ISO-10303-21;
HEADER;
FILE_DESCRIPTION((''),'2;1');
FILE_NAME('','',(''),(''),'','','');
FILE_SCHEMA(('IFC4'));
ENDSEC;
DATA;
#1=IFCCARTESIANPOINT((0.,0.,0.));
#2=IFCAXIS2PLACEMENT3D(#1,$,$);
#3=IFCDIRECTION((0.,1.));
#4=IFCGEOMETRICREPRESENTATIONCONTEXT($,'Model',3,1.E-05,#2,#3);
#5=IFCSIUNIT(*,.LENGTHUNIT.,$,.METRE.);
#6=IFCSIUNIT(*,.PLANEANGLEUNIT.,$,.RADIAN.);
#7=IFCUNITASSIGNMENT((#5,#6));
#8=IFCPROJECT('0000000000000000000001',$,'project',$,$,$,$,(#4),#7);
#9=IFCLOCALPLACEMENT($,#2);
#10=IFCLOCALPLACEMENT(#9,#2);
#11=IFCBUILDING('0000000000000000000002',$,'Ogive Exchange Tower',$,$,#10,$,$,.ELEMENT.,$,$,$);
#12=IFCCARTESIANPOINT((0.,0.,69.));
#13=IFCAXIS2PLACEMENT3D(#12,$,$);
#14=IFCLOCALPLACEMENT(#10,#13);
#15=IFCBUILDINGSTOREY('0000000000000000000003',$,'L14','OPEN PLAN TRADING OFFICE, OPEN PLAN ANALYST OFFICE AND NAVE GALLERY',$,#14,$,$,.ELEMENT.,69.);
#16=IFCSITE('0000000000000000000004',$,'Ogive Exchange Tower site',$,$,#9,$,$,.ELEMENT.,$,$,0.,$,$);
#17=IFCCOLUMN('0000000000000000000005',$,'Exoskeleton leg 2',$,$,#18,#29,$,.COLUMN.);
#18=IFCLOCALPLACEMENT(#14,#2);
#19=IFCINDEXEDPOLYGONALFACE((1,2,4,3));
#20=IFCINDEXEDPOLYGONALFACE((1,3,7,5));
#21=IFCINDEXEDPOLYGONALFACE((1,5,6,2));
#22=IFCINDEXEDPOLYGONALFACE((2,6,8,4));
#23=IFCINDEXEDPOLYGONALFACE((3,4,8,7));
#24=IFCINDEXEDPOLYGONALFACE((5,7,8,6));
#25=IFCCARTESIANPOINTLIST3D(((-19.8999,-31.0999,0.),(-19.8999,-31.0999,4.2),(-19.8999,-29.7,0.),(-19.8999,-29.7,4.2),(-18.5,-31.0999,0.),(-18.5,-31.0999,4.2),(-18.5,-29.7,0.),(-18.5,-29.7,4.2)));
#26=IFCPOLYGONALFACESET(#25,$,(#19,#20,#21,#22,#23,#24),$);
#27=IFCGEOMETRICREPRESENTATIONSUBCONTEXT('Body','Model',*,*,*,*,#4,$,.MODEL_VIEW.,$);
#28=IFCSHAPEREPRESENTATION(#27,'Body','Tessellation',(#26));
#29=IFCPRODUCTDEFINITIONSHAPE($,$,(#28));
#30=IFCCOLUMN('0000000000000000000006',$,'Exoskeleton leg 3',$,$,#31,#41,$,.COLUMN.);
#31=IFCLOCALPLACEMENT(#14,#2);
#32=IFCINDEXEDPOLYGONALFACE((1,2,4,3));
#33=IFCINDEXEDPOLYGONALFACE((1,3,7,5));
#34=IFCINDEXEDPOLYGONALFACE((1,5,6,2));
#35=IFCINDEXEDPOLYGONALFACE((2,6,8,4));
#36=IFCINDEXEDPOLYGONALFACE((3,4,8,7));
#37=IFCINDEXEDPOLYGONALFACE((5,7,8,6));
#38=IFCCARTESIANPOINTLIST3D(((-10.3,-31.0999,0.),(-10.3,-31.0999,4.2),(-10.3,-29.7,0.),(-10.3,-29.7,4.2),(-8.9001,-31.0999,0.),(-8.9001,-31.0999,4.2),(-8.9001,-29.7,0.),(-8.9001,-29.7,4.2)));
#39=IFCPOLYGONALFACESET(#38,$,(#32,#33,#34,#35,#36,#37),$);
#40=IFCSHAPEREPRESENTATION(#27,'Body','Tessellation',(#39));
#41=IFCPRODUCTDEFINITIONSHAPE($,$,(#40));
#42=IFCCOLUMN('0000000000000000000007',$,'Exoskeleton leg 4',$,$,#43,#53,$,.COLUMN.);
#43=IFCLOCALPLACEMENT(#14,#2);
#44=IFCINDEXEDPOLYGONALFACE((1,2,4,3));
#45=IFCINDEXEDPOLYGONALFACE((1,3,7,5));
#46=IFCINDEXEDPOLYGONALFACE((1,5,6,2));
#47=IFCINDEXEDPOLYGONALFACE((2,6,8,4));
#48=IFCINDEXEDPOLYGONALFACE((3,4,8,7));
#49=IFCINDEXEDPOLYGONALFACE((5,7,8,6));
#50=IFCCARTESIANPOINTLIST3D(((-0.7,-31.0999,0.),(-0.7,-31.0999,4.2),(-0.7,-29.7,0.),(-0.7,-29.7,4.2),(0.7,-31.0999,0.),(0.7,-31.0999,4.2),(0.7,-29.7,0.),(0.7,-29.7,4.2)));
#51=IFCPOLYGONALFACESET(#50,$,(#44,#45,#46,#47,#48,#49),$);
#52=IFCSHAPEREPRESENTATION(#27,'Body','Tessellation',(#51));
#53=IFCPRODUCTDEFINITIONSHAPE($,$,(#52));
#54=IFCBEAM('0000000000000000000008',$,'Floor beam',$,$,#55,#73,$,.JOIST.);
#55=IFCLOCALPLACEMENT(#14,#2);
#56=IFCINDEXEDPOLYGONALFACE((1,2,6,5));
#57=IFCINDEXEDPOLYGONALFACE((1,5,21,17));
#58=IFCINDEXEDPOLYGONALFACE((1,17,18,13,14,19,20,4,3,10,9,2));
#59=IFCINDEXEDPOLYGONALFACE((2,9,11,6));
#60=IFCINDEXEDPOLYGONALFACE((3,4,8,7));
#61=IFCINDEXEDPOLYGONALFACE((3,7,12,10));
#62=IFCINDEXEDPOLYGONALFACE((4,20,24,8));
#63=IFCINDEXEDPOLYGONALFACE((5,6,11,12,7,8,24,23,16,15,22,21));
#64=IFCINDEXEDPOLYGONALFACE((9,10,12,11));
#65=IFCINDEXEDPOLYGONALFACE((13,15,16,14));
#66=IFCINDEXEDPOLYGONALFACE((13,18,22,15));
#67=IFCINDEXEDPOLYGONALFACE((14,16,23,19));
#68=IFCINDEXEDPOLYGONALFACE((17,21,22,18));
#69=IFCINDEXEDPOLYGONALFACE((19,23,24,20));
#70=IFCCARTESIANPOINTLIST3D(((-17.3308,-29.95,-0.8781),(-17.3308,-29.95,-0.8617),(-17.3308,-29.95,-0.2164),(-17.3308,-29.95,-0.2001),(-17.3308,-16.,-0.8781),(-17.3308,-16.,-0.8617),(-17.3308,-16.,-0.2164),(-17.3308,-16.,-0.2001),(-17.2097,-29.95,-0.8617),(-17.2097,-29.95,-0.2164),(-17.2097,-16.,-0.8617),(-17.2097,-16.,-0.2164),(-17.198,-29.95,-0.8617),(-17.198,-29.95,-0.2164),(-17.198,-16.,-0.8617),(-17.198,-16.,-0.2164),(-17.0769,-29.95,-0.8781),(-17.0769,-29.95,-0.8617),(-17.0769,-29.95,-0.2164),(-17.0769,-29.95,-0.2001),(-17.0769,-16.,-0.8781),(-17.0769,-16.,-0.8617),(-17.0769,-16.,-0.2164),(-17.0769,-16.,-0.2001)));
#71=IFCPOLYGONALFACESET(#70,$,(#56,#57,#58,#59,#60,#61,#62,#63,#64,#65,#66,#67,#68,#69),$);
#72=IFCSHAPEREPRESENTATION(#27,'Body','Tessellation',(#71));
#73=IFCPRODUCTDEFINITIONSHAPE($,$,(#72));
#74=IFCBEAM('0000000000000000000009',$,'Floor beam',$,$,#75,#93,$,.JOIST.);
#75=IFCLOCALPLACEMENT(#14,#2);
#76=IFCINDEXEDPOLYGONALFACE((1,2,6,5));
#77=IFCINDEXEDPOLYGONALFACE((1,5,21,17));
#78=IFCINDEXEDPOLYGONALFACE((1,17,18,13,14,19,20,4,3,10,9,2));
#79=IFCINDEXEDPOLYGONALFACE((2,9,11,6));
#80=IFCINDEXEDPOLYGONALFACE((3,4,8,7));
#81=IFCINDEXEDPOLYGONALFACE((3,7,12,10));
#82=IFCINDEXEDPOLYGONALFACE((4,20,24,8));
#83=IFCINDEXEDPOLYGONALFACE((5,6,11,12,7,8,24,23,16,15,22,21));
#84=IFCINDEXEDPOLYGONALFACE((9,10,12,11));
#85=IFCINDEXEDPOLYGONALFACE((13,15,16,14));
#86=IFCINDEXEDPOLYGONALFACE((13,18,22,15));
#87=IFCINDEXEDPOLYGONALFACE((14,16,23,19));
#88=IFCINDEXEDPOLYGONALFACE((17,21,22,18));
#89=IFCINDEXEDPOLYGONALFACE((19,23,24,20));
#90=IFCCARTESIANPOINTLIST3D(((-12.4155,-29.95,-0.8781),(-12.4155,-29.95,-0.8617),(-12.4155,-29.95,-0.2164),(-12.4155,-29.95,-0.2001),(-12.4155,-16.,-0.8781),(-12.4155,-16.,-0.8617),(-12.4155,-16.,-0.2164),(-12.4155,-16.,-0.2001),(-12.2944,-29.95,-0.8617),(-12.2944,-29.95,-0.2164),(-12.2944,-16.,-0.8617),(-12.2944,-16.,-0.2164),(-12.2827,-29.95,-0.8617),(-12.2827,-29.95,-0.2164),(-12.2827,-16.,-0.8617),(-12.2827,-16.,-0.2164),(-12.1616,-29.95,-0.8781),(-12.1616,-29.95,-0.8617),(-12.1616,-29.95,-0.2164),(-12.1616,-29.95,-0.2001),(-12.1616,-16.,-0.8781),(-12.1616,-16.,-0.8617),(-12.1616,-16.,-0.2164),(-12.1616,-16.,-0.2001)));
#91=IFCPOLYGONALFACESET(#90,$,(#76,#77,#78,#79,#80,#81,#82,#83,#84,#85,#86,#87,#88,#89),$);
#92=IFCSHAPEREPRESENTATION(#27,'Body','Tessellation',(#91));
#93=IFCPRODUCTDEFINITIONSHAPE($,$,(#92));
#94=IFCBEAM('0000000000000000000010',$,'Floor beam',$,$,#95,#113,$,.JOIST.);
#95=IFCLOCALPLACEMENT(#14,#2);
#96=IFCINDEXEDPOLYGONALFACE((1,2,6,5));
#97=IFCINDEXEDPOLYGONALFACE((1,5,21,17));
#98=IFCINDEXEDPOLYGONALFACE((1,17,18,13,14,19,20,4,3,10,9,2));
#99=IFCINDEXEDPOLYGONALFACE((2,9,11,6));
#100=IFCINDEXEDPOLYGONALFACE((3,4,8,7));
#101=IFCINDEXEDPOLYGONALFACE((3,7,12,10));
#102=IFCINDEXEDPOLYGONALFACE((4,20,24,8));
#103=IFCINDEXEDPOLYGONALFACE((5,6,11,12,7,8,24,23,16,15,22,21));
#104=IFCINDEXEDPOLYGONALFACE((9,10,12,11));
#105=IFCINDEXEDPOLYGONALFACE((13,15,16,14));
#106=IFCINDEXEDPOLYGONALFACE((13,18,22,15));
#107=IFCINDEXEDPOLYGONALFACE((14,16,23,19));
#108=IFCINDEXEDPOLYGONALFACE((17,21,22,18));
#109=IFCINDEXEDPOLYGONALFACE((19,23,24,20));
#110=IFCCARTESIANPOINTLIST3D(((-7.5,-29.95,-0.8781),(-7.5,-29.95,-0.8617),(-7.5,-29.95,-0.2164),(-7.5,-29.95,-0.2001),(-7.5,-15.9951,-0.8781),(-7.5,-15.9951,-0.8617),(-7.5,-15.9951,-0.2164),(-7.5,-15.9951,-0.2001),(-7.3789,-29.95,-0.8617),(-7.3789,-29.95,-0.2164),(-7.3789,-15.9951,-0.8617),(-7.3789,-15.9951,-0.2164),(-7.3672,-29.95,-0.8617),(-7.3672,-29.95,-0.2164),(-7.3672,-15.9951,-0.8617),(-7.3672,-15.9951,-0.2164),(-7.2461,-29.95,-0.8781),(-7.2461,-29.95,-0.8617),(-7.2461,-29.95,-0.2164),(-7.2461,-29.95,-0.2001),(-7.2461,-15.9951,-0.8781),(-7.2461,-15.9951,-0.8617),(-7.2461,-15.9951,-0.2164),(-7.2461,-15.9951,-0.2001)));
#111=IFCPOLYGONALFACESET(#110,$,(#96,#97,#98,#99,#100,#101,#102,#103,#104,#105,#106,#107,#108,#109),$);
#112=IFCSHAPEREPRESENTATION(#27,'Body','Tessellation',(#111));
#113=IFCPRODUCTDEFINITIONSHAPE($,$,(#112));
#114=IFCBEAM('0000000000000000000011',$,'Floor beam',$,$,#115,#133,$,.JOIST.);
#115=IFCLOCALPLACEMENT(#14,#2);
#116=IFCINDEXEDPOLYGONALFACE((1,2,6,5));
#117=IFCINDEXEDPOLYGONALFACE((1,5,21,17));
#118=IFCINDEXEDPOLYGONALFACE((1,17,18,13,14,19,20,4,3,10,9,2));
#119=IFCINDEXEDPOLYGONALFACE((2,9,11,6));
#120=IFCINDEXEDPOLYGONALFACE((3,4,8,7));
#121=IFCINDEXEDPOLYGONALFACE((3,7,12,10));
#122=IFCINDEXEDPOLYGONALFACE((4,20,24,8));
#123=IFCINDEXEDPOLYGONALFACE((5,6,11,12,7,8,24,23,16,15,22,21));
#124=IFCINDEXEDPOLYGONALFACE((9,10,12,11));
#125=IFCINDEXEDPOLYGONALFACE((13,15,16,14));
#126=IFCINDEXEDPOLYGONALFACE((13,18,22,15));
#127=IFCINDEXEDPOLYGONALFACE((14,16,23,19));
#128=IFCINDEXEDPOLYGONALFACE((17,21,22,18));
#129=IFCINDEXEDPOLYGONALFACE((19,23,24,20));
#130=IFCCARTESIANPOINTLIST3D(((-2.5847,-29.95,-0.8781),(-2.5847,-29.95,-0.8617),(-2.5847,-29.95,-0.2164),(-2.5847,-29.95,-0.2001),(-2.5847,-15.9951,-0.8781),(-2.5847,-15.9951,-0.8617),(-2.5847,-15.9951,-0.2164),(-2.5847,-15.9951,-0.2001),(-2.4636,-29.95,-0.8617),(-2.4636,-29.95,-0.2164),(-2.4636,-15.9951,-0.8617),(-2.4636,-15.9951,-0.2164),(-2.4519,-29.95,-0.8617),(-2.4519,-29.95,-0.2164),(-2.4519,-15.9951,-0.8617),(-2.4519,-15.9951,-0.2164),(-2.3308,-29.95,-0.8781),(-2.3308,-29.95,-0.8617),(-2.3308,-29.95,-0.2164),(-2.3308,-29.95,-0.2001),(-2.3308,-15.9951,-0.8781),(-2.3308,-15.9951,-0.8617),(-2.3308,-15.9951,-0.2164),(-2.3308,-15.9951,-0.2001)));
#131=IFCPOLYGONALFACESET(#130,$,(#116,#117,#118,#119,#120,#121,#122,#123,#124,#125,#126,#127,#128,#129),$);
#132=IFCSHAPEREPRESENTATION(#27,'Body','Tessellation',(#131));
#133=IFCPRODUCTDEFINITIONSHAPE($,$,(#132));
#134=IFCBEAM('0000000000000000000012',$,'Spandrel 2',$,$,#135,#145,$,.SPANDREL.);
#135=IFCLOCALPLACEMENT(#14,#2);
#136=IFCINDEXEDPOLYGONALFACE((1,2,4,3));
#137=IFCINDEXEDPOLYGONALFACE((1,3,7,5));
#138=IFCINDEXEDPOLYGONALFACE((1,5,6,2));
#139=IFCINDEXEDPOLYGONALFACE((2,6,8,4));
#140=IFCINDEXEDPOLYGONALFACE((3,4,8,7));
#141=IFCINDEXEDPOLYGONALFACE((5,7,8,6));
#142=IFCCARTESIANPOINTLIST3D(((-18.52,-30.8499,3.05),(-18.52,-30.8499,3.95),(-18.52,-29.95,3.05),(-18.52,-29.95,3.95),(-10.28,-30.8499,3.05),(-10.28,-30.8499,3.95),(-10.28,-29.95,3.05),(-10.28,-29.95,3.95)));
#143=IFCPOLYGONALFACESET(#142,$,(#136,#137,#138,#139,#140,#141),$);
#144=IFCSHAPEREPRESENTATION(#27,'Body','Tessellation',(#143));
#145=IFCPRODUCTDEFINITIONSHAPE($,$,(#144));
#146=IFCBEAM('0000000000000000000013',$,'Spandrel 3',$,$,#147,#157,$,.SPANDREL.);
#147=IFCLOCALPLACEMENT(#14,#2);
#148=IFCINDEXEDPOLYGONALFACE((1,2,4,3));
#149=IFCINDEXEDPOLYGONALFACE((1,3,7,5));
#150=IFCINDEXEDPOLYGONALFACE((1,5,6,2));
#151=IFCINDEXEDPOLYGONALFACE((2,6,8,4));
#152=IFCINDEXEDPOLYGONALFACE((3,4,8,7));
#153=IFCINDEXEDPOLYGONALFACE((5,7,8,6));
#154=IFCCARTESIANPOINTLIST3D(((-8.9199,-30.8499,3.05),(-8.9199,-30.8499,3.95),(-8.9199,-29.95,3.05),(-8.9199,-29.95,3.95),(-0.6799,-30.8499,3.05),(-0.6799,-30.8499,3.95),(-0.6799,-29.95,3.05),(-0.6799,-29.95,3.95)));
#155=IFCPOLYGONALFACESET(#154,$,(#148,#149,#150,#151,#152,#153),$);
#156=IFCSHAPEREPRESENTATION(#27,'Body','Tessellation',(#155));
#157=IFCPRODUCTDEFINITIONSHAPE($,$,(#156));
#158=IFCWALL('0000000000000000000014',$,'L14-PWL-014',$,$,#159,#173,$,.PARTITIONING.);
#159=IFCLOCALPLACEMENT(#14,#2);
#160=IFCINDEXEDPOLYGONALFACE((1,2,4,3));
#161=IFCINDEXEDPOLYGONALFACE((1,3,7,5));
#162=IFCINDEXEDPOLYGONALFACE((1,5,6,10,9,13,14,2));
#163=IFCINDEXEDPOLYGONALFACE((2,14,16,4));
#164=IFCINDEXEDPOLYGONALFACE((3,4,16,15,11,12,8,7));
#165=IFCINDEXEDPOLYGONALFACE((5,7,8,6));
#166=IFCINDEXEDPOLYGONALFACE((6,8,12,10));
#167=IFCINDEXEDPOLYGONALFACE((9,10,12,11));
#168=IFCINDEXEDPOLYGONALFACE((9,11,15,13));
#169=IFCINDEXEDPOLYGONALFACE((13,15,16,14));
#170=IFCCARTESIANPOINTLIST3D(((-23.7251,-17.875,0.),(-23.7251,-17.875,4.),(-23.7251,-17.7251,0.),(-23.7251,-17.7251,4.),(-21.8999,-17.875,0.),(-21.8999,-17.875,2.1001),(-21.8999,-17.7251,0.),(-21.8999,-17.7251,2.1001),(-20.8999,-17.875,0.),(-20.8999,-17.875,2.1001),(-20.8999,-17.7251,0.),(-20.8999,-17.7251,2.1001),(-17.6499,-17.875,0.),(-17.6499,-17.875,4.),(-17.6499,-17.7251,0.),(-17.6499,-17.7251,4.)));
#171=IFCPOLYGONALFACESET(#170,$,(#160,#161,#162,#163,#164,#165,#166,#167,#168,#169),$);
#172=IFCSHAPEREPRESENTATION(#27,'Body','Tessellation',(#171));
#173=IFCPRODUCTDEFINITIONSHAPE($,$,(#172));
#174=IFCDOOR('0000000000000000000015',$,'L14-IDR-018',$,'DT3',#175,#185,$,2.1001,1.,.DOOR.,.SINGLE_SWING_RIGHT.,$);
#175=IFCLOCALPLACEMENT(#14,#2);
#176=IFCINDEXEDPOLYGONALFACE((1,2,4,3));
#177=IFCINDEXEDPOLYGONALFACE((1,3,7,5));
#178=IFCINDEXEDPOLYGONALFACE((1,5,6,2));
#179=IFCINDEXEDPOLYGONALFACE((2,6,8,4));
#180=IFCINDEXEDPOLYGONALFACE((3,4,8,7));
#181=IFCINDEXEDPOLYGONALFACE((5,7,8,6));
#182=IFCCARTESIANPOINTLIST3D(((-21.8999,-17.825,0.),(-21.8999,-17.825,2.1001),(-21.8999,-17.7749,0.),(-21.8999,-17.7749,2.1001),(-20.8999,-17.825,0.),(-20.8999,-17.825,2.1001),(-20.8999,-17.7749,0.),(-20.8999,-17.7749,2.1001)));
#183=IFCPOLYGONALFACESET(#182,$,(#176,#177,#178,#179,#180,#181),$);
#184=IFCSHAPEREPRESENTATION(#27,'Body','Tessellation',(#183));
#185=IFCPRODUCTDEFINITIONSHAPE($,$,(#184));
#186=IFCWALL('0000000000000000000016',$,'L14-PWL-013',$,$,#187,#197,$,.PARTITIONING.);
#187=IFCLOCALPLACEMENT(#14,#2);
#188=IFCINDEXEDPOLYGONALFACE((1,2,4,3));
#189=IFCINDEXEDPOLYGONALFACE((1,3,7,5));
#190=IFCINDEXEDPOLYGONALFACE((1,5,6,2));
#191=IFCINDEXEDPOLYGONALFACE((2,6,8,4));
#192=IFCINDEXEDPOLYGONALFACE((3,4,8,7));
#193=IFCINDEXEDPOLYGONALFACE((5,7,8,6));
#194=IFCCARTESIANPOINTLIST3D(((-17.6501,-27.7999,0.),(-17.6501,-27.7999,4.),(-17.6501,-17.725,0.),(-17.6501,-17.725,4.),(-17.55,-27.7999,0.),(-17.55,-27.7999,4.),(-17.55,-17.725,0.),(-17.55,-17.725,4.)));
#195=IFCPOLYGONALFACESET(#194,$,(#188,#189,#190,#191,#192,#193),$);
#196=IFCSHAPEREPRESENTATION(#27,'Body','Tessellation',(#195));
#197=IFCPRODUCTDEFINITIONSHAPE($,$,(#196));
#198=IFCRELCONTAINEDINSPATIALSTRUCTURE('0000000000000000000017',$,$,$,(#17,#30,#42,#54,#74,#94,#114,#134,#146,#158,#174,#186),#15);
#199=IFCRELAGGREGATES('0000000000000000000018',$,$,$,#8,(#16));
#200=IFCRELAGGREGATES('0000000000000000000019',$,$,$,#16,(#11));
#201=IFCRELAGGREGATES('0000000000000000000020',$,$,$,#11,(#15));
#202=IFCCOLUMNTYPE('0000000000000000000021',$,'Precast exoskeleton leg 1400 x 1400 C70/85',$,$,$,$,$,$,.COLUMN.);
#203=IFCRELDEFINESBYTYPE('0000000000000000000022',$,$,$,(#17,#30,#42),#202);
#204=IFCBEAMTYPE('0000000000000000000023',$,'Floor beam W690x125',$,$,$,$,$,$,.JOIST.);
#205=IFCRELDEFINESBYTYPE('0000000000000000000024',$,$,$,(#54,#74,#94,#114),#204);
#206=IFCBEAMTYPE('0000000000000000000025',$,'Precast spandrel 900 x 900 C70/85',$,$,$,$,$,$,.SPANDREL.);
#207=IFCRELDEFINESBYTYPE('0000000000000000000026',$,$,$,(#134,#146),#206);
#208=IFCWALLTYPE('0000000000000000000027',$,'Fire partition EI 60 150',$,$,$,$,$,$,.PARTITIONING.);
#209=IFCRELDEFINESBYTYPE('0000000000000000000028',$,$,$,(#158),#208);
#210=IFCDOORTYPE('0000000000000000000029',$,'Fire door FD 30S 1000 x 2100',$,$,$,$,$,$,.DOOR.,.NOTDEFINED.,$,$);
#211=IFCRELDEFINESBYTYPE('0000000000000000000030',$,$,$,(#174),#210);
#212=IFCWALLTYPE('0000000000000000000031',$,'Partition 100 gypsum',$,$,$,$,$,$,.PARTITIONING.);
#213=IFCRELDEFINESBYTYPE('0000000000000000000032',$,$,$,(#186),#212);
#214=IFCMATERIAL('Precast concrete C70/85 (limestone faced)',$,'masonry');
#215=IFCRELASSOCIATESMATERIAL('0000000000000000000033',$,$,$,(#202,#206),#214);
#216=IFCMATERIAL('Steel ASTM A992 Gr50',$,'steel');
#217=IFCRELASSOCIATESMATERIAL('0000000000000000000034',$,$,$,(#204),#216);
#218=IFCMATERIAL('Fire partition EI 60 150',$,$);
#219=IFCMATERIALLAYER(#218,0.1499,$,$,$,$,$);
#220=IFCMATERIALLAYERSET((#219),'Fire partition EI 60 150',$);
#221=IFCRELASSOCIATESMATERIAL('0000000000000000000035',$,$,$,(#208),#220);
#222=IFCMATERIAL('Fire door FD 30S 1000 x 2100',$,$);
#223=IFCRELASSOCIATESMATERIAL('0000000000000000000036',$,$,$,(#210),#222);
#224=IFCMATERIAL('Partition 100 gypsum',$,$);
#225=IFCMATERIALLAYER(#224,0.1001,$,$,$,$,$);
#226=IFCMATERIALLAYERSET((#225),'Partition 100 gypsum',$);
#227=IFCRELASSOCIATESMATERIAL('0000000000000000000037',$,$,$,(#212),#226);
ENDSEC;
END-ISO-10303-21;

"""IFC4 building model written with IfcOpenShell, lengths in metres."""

from ifc_helpers import new_model, si_unit, direction, frame, frame_2d, origin, origin_2d, place, context, subcontext, project, spatial, rectangle, i_section, extrude, material, layer, layer_set, material_profile, profile_set, type_object, element, fill, save


model = new_model("IFC4")

# Units and contexts
model_context = context("Model", 3, precision=1e-05, world=origin(), true_north=direction((0.0, 1.0)))
body_context = subcontext(model_context, "Body", "Model", "MODEL_VIEW")
ifc_project = project(units=[si_unit("LENGTHUNIT", "METRE"), si_unit("PLANEANGLEUNIT", "RADIAN")], contexts=[model_context])

# Site, building, storey
site_placement = place(None, origin())
site = spatial("IfcSite", under=ifc_project, at=site_placement, Name="Ogive Exchange Tower site", CompositionType="ELEMENT", RefElevation=0.0)
building_placement = place(site_placement, origin())
building = spatial("IfcBuilding", under=site, at=building_placement, Name="Ogive Exchange Tower", CompositionType="ELEMENT")
storey_placement = place(building_placement, frame((0.0, 0.0, 69.0)))
storey = spatial("IfcBuildingStorey", under=building, at=storey_placement, Name="L14", Description="OPEN PLAN TRADING OFFICE, OPEN PLAN ANALYST OFFICE AND NAVE GALLERY", CompositionType="ELEMENT", Elevation=69.0)

# Columns
ifc_material_1 = material(Name="Precast concrete C70/85 (limestone faced)", Category="masonry")
ifc_material_profile_1 = material_profile(ifc_material_1, rectangle(XDim=1.3999, YDim=1.3999, at=origin_2d()), Name="1400 x 1400")
ifc_profile_set_1 = profile_set([ifc_material_profile_1], Name="Precast concrete C70/85 (limestone faced)")
column_type = type_object("IfcColumnType", Name="Precast exoskeleton leg 1400 x 1400 C70/85", PredefinedType="COLUMN", material=ifc_profile_set_1)
for number, where, z_axis, x_axis, name in (
    (1, (-19.2, -30.3999, 0.0), (0.0, 0.0, 1.0), (1.0, 0.0, 0.0), "Exoskeleton leg 2"),
    (2, (-9.6001, -30.3999, 0.0), (0.0, 0.0, 1.0), (1.0, 0.0, 0.0), "Exoskeleton leg 3"),
    (3, (0.0, -30.3999, 0.0), (0.0, 0.0, 1.0), (1.0, 0.0, 0.0), "Exoskeleton leg 4"),
):
    element("IfcColumn", number, at=place(storey_placement, frame(where, z_axis=z_axis, x_axis=x_axis)), inside=storey, type_object=column_type, Name=name, PredefinedType="COLUMN", context=body_context, shape_type="SweptSolid", body=[
        extrude(rectangle(XDim=1.3999, YDim=1.3999, at=origin_2d()), origin(), (0.0, 0.0, 1.0), 4.2),
    ])

# Beams
ifc_material_2 = material(Name="Steel ASTM A992 Gr50", Category="steel")
ifc_material_profile_2 = material_profile(ifc_material_2, i_section(OverallWidth=0.2539, OverallDepth=0.678, WebThickness=0.0117, FlangeThickness=0.0164, at=origin_2d()), Name="W690x125")
ifc_profile_set_2 = profile_set([ifc_material_profile_2], Name="Steel ASTM A992 Gr50")
beam_type_1 = type_object("IfcBeamType", Name="Floor beam W690x125", PredefinedType="JOIST", material=ifc_profile_set_2)
for number, where, z_axis, x_axis, name in (
    (4, (-17.2039, -29.95, -0.5391), (0.0, 1.0, 0.0), (-1.0, 0.0, 0.0), "Floor beam"),
    (5, (-12.2886, -29.95, -0.5391), (0.0, 1.0, 0.0), (-1.0, 0.0, 0.0), "Floor beam"),
):
    element("IfcBeam", number, at=place(storey_placement, frame(where, z_axis=z_axis, x_axis=x_axis)), inside=storey, type_object=beam_type_1, Name=name, PredefinedType="JOIST", context=body_context, shape_type="SweptSolid", body=[
        extrude(i_section(OverallWidth=0.2539, OverallDepth=0.678, WebThickness=0.0117, FlangeThickness=0.0164, at=origin_2d()), origin(), (0.0, 0.0, 1.0), 13.95),
    ])
for number, where, z_axis, x_axis, name in (
    (6, (-7.373, -29.95, -0.5391), (0.0, 1.0, 0.0), (-1.0, 0.0, 0.0), "Floor beam"),
    (7, (-2.4578, -29.95, -0.5391), (0.0, 1.0, 0.0), (-1.0, 0.0, 0.0), "Floor beam"),
):
    element("IfcBeam", number, at=place(storey_placement, frame(where, z_axis=z_axis, x_axis=x_axis)), inside=storey, type_object=beam_type_1, Name=name, PredefinedType="JOIST", context=body_context, shape_type="SweptSolid", body=[
        extrude(i_section(OverallWidth=0.2539, OverallDepth=0.678, WebThickness=0.0117, FlangeThickness=0.0164, at=origin_2d()), origin(), (0.0, 0.0, 1.0), 13.9548),
    ])
ifc_material_profile_3 = material_profile(ifc_material_1, rectangle(XDim=0.8999, YDim=0.8999, at=origin_2d()), Name="900 x 900")
ifc_profile_set_3 = profile_set([ifc_material_profile_3], Name="Precast concrete C70/85 (limestone faced)")
beam_type_2 = type_object("IfcBeamType", Name="Precast spandrel 900 x 900 C70/85", PredefinedType="SPANDREL", material=ifc_profile_set_3)
for number, where, z_axis, x_axis, name in (
    (8, (-18.52, -30.3999, 3.5), (1.0, 0.0, 0.0), (0.0, 1.0, 0.0), "Spandrel 2"),
    (9, (-8.9199, -30.3999, 3.5), (1.0, 0.0, 0.0), (0.0, 1.0, 0.0), "Spandrel 3"),
):
    element("IfcBeam", number, at=place(storey_placement, frame(where, z_axis=z_axis, x_axis=x_axis)), inside=storey, type_object=beam_type_2, Name=name, PredefinedType="SPANDREL", context=body_context, shape_type="SweptSolid", body=[
        extrude(rectangle(XDim=0.8999, YDim=0.8999, at=origin_2d()), origin(), (0.0, 0.0, 1.0), 8.24),
    ])

# Wall, opening, door
ifc_material_3 = material(Name="Fire partition EI 60 150")
ifc_layer_1 = layer(ifc_material_3, 0.1499)
ifc_layer_set_1 = layer_set([ifc_layer_1], Name="Fire partition EI 60 150")
wall_type_1 = type_object("IfcWallType", Name="Fire partition EI 60 150", PredefinedType="PARTITIONING", material=ifc_layer_set_1)
wall_1_placement = place(storey_placement, frame((-17.6499, -17.8, 0.0), z_axis=(0.0, 0.0, 1.0), x_axis=(-1.0, 0.0, 0.0)))
wall_1 = element("IfcWall", 10, at=wall_1_placement, inside=storey, type_object=wall_type_1, Name="L14-PWL-014", PredefinedType="PARTITIONING", context=body_context, shape_type="SweptSolid", body=[
    extrude(rectangle(XDim=6.0752, YDim=0.1499, at=frame_2d((3.0376, 0.0))), origin(), (0.0, 0.0, 1.0), 4.0),
])
opening_1_placement = place(wall_1_placement, frame((3.25, 0.0, 0.0)))
opening_1 = element("IfcOpeningElement", 11, at=opening_1_placement, cuts=wall_1, PredefinedType="OPENING", context=body_context, shape_type="SweptSolid", body=[
    extrude(rectangle(XDim=1.0, YDim=2.1001, at=frame_2d((0.5, 1.05))), frame((0.0, 0.085, 0.0), z_axis=(0.0, -1.0, 0.0), x_axis=(1.0, 0.0, 0.0)), (0.0, 0.0, 1.0), 0.1699),
])
ifc_material_4 = material(Name="Fire door FD 30S 1000 x 2100")
door_type_1 = type_object("IfcDoorType", Name="Fire door FD 30S 1000 x 2100", OperationType="NOTDEFINED", PredefinedType="DOOR", material=ifc_material_4)
door_1_placement = place(opening_1_placement, origin())
door_1 = element("IfcDoor", 12, at=door_1_placement, inside=storey, type_object=door_type_1, Name="L14-IDR-018", ObjectType="DT3", OperationType="SINGLE_SWING_RIGHT", OverallHeight=2.1001, OverallWidth=1.0, PredefinedType="DOOR", context=body_context, shape_type="SweptSolid", body=[
    extrude(rectangle(XDim=1.0, YDim=2.1001, at=frame_2d((0.5, 1.05))), frame((0.0, 0.0249, 0.0), z_axis=(0.0, -1.0, 0.0), x_axis=(1.0, 0.0, 0.0)), (0.0, 0.0, 1.0), 0.05),
])
fill(opening_1, door_1)

# Wall
ifc_material_5 = material(Name="Partition 100 gypsum")
ifc_layer_2 = layer(ifc_material_5, 0.1001)
ifc_layer_set_2 = layer_set([ifc_layer_2], Name="Partition 100 gypsum")
wall_type_2 = type_object("IfcWallType", Name="Partition 100 gypsum", PredefinedType="PARTITIONING", material=ifc_layer_set_2)
wall_2_placement = place(storey_placement, frame((-17.6001, -27.8, 0.0), z_axis=(0.0, 0.0, 1.0), x_axis=(0.0, 1.0, 0.0)))
element("IfcWall", 13, at=wall_2_placement, inside=storey, type_object=wall_type_2, Name="L14-PWL-013", PredefinedType="PARTITIONING", context=body_context, shape_type="SweptSolid", body=[
    extrude(rectangle(XDim=10.075, YDim=0.1001, at=frame_2d((5.0376, 0.0))), origin(), (0.0, 0.0, 1.0), 4.0),
])

save(model, "model.ifc")
